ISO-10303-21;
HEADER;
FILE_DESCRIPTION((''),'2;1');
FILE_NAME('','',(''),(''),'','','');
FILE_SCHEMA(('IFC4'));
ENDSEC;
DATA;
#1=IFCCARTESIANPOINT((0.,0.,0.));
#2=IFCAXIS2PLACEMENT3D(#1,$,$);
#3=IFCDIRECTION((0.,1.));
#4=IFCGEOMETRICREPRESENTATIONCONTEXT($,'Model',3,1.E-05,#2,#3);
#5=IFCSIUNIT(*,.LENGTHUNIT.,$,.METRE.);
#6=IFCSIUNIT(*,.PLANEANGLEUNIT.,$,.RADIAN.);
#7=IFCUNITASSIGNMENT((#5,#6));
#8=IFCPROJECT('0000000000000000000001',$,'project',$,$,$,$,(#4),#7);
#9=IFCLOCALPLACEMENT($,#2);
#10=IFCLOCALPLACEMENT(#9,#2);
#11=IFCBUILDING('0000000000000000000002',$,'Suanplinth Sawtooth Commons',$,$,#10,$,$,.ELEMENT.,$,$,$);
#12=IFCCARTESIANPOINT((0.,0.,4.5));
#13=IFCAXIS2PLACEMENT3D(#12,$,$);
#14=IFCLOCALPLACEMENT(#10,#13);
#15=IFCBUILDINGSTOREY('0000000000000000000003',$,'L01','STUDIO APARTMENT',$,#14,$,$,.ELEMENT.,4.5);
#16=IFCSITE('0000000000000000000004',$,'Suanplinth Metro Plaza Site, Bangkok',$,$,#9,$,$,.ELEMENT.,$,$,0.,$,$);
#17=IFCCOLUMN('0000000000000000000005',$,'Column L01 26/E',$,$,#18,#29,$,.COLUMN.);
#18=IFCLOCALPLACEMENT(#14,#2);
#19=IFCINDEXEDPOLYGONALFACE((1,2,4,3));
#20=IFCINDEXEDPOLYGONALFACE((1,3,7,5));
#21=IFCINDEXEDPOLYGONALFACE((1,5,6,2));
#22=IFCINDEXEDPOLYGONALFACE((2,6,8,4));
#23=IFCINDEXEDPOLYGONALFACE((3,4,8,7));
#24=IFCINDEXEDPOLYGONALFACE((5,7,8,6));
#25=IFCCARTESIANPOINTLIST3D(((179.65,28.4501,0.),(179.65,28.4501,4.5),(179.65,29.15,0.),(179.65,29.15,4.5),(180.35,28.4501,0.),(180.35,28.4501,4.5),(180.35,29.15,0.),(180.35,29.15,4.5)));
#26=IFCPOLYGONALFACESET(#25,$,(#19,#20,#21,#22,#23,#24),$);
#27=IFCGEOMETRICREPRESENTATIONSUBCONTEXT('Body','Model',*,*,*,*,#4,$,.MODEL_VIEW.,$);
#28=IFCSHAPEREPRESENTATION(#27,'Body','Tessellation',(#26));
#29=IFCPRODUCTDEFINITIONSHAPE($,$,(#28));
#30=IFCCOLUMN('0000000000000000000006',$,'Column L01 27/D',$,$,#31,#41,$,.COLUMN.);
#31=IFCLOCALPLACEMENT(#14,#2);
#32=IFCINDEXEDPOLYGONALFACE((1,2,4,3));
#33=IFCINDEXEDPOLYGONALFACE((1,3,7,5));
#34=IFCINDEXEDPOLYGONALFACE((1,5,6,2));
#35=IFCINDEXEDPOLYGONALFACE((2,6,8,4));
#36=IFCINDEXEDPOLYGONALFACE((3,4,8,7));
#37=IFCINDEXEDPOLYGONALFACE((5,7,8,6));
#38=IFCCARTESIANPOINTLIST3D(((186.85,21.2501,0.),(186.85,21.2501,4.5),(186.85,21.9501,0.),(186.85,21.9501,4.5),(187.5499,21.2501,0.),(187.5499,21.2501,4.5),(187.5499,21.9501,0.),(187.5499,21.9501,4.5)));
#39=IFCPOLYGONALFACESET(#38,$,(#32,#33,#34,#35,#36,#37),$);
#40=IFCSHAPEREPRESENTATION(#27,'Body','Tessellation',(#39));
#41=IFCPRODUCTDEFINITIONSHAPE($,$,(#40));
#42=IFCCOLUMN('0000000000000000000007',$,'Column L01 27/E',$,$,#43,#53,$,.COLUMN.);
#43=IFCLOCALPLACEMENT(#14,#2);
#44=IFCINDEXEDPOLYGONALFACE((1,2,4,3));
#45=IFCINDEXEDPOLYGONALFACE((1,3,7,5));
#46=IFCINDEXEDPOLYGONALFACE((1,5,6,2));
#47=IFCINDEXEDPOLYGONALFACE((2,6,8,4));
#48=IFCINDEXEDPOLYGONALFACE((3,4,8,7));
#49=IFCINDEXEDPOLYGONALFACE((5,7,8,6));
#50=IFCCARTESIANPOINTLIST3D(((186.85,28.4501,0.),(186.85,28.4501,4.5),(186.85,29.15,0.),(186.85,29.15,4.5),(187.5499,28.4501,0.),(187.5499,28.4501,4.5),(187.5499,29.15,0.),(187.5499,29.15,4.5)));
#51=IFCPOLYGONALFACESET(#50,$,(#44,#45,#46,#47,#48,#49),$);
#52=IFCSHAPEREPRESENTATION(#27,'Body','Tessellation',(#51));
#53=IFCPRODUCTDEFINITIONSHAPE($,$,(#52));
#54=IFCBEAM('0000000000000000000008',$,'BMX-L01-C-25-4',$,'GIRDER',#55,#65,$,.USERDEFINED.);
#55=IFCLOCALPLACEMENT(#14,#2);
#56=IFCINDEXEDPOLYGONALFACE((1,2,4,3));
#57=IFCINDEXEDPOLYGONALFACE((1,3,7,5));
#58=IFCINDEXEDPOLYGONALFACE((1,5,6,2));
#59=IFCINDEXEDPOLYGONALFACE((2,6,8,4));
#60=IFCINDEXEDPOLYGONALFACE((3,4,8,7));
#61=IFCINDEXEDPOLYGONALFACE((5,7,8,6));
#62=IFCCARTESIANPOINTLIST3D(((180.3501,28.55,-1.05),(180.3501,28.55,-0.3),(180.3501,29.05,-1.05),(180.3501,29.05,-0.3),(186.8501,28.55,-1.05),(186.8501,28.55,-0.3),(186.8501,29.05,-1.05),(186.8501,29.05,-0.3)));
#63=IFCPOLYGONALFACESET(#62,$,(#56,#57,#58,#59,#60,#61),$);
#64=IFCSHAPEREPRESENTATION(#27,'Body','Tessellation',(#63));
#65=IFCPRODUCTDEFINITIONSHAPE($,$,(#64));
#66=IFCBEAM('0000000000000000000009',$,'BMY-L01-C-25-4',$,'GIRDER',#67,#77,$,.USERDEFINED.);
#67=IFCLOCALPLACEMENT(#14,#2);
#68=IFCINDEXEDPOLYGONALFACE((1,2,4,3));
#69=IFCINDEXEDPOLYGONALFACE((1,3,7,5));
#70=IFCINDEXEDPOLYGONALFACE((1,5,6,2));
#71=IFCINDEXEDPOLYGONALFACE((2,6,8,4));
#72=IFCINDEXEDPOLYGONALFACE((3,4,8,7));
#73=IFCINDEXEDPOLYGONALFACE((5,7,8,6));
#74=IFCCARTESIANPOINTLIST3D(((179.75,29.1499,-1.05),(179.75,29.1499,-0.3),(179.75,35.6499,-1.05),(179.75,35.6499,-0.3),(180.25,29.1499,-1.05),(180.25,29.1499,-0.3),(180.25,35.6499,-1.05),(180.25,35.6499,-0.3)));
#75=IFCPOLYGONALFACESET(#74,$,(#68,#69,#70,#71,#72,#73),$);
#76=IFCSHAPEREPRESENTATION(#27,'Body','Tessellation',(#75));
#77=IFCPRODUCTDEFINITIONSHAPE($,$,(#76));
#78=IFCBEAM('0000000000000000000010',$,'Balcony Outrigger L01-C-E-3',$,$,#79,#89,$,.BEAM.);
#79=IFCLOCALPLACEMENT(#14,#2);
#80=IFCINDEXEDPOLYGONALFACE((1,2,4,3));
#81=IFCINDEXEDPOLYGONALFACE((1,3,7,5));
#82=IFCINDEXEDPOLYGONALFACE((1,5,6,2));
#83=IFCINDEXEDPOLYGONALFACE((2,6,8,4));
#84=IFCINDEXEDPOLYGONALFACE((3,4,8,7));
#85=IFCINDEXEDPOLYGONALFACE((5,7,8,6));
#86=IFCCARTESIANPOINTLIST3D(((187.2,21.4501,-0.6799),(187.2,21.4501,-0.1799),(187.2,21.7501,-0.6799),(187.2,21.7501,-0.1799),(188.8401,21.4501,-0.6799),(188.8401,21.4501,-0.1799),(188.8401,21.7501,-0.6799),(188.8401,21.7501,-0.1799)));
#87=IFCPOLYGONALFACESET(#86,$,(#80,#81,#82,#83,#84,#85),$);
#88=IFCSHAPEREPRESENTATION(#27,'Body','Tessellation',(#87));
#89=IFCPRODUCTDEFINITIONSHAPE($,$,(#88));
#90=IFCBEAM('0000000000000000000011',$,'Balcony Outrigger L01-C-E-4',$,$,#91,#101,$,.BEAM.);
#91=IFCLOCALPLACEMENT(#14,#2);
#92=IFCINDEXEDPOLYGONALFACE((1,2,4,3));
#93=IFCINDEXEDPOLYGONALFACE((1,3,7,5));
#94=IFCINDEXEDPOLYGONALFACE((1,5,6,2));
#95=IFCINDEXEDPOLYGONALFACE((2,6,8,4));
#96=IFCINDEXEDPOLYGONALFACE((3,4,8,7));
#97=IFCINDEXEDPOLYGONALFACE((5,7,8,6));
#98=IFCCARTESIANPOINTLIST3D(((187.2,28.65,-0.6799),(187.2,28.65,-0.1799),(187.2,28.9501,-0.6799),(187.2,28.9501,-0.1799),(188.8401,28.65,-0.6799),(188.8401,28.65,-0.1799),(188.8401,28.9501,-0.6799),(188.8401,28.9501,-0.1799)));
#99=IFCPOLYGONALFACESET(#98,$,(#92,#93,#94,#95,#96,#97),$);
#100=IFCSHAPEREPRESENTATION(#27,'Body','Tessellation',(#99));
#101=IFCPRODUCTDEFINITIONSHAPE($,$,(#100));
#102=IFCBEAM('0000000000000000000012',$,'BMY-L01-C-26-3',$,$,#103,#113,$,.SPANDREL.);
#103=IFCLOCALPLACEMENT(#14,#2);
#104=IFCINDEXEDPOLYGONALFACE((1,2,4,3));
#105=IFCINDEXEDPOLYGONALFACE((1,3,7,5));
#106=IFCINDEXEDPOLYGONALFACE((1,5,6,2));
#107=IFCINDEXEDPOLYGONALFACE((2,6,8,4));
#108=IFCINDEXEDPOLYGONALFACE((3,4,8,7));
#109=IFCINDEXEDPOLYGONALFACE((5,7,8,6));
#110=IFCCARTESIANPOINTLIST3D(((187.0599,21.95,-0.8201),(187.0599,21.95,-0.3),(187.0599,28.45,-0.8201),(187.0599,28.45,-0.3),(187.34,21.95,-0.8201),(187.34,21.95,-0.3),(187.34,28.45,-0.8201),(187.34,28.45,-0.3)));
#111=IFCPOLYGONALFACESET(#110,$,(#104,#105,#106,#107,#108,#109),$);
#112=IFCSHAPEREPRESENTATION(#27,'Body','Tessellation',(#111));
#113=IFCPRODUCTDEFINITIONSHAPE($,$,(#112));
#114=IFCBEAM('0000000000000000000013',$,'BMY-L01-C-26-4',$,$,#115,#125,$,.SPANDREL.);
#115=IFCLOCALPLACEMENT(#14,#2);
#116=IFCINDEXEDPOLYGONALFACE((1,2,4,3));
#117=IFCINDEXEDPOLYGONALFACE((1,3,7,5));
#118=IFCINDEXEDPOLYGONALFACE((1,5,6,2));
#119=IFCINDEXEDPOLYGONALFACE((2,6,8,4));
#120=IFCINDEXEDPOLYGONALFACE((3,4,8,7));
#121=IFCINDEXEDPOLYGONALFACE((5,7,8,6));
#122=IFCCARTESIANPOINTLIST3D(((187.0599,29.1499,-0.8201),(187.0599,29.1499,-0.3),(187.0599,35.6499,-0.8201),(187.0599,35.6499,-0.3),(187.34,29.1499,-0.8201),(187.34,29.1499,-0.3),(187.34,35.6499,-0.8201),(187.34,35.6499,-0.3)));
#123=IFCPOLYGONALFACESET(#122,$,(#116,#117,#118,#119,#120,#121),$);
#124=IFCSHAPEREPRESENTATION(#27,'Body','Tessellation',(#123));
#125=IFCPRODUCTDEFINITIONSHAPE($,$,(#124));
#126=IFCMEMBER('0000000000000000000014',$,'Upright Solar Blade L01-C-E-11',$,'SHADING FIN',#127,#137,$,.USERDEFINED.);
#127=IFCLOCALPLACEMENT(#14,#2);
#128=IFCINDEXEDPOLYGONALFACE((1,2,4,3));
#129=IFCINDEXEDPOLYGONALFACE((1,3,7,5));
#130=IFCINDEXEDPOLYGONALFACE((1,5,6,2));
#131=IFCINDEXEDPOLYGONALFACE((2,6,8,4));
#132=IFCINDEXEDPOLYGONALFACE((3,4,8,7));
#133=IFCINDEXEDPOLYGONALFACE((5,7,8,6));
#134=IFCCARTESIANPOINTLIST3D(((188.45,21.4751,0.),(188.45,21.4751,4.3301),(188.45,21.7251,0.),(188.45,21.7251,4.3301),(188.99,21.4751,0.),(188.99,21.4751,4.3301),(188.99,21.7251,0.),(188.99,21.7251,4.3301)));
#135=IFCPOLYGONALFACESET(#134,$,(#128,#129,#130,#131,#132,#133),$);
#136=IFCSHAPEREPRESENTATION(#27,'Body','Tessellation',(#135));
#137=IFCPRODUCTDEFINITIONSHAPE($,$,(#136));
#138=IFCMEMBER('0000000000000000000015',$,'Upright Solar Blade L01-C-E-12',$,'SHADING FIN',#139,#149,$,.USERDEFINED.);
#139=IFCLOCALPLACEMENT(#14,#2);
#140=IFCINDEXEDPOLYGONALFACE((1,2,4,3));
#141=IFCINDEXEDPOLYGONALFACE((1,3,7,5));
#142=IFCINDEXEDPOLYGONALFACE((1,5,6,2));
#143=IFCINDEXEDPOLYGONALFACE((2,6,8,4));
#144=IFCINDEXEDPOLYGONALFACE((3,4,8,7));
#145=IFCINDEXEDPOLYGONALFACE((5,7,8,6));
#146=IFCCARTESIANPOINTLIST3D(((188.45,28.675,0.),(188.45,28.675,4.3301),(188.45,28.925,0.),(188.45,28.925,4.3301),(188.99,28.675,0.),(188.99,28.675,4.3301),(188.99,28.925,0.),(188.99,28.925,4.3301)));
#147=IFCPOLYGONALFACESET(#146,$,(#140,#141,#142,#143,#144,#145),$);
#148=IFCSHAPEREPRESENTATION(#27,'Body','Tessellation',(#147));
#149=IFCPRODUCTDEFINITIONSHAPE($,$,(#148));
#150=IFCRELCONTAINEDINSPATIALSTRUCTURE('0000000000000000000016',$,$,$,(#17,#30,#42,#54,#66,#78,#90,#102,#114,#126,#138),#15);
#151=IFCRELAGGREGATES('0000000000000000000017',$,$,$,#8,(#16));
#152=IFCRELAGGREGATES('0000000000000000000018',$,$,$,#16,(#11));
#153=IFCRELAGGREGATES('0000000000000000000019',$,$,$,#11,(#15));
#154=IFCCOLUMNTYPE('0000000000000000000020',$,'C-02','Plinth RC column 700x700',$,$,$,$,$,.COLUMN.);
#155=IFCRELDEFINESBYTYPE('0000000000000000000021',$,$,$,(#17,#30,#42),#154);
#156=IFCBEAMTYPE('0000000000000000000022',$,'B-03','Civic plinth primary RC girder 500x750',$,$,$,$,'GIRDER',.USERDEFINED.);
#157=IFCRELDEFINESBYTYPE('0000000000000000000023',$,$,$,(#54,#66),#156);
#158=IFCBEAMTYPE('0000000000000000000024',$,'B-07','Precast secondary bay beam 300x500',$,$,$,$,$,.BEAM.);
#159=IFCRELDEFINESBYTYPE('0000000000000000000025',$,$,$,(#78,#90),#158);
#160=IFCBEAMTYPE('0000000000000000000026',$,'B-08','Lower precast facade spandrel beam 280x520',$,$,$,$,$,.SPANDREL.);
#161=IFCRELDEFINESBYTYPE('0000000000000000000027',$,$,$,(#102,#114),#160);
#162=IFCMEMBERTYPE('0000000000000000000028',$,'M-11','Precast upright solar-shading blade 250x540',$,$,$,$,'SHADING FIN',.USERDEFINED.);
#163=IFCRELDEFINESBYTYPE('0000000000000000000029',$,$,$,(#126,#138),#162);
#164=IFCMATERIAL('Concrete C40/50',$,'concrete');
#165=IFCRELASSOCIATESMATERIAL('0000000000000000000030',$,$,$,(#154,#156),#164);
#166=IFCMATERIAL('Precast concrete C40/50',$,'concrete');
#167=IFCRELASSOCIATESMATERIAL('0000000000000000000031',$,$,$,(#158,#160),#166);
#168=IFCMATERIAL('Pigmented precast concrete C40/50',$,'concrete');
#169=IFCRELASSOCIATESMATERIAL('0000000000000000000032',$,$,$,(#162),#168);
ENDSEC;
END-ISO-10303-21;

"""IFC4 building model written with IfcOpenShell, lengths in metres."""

from ifc_helpers import new_model, si_unit, direction, frame, origin, origin_2d, place, context, subcontext, project, spatial, rectangle, extrude, material, material_profile, profile_set, type_object, element, save


model = new_model("IFC4")

# Units and contexts
model_context = context("Model", 3, precision=1e-05, world=origin(), true_north=direction((0.0, 1.0)))
body_context = subcontext(model_context, "Body", "Model", "MODEL_VIEW")
ifc_project = project(units=[si_unit("LENGTHUNIT", "METRE"), si_unit("PLANEANGLEUNIT", "RADIAN")], contexts=[model_context])

# Site, building, storey
site_placement = place(None, origin())
site = spatial("IfcSite", under=ifc_project, at=site_placement, Name="Suanplinth Metro Plaza Site, Bangkok", CompositionType="ELEMENT", RefElevation=0.0)
building_placement = place(site_placement, origin())
building = spatial("IfcBuilding", under=site, at=building_placement, Name="Suanplinth Sawtooth Commons", CompositionType="ELEMENT")
storey_placement = place(building_placement, frame((0.0, 0.0, 4.5)))
storey = spatial("IfcBuildingStorey", under=building, at=storey_placement, Name="L01", Description="STUDIO APARTMENT", CompositionType="ELEMENT", Elevation=4.5)

# Columns
ifc_material_1 = material(Name="Concrete C40/50", Category="concrete")
ifc_material_profile_1 = material_profile(ifc_material_1, rectangle(XDim=0.7, YDim=0.7, at=origin_2d()), Name="RC-COL 700x700")
ifc_profile_set_1 = profile_set([ifc_material_profile_1], Name="Concrete C40/50")
column_type = type_object("IfcColumnType", Name="C-02", Description="Plinth RC column 700x700", PredefinedType="COLUMN", material=ifc_profile_set_1)
for number, where, z_axis, x_axis, name in (
    (1, (180.0, 28.8, 0.0), (0.0, 0.0, 1.0), (1.0, 0.0, 0.0), "Column L01 26/E"),
    (2, (187.2, 21.6001, 0.0), (0.0, 0.0, 1.0), (1.0, 0.0, 0.0), "Column L01 27/D"),
    (3, (187.2, 28.8, 0.0), (0.0, 0.0, 1.0), (1.0, 0.0, 0.0), "Column L01 27/E"),
):
    element("IfcColumn", number, at=place(storey_placement, frame(where, z_axis=z_axis, x_axis=x_axis)), inside=storey, type_object=column_type, Name=name, PredefinedType="COLUMN", context=body_context, shape_type="SweptSolid", body=[
        extrude(rectangle(XDim=0.7, YDim=0.7, at=origin_2d()), origin(), (0.0, 0.0, 1.0), 4.5),
    ])

# Beams
ifc_material_profile_2 = material_profile(ifc_material_1, rectangle(XDim=0.5, YDim=0.75, at=origin_2d()), Name="RC-GDR 500x750")
ifc_profile_set_2 = profile_set([ifc_material_profile_2], Name="Concrete C40/50")
beam_type_1 = type_object("IfcBeamType", Name="B-03", Description="Civic plinth primary RC girder 500x750", ElementType="GIRDER", PredefinedType="USERDEFINED", material=ifc_profile_set_2)
for number, where, z_axis, x_axis, name in (
    (4, (180.3501, 28.8, -0.675), (1.0, 0.0, 0.0), (0.0, 1.0, 0.0), "BMX-L01-C-25-4"),
    (5, (180.0, 29.1499, -0.675), (0.0, 1.0, 0.0), (-1.0, 0.0, 0.0), "BMY-L01-C-25-4"),
):
    element("IfcBeam", number, at=place(storey_placement, frame(where, z_axis=z_axis, x_axis=x_axis)), inside=storey, type_object=beam_type_1, Name=name, ObjectType="GIRDER", PredefinedType="USERDEFINED", context=body_context, shape_type="SweptSolid", body=[
        extrude(rectangle(XDim=0.5, YDim=0.75, at=origin_2d()), origin(), (0.0, 0.0, 1.0), 6.5),
    ])
ifc_material_2 = material(Name="Precast concrete C40/50", Category="concrete")
ifc_material_profile_3 = material_profile(ifc_material_2, rectangle(XDim=0.3, YDim=0.5, at=origin_2d()), Name="PC-BM 300x500")
ifc_profile_set_3 = profile_set([ifc_material_profile_3], Name="Precast concrete C40/50")
beam_type_2 = type_object("IfcBeamType", Name="B-07", Description="Precast secondary bay beam 300x500", PredefinedType="BEAM", material=ifc_profile_set_3)
for number, where, z_axis, x_axis, name in (
    (6, (187.2, 21.6001, -0.4299), (1.0, 0.0, 0.0), (0.0, 1.0, 0.0), "Balcony Outrigger L01-C-E-3"),
    (7, (187.2, 28.8, -0.4299), (1.0, 0.0, 0.0), (0.0, 1.0, 0.0), "Balcony Outrigger L01-C-E-4"),
):
    element("IfcBeam", number, at=place(storey_placement, frame(where, z_axis=z_axis, x_axis=x_axis)), inside=storey, type_object=beam_type_2, Name=name, PredefinedType="BEAM", context=body_context, shape_type="SweptSolid", body=[
        extrude(rectangle(XDim=0.3, YDim=0.5, at=origin_2d()), origin(), (0.0, 0.0, 1.0), 1.6401),
    ])
ifc_material_profile_4 = material_profile(ifc_material_2, rectangle(XDim=0.28, YDim=0.52, at=origin_2d()), Name="PC-SP 280x520")
ifc_profile_set_4 = profile_set([ifc_material_profile_4], Name="Precast concrete C40/50")
beam_type_3 = type_object("IfcBeamType", Name="B-08", Description="Lower precast facade spandrel beam 280x520", PredefinedType="SPANDREL", material=ifc_profile_set_4)
for number, where, z_axis, x_axis, name in (
    (8, (187.2, 21.95, -0.5601), (0.0, 1.0, 0.0), (-1.0, 0.0, 0.0), "BMY-L01-C-26-3"),
    (9, (187.2, 29.1499, -0.5601), (0.0, 1.0, 0.0), (-1.0, 0.0, 0.0), "BMY-L01-C-26-4"),
):
    element("IfcBeam", number, at=place(storey_placement, frame(where, z_axis=z_axis, x_axis=x_axis)), inside=storey, type_object=beam_type_3, Name=name, PredefinedType="SPANDREL", context=body_context, shape_type="SweptSolid", body=[
        extrude(rectangle(XDim=0.28, YDim=0.52, at=origin_2d()), origin(), (0.0, 0.0, 1.0), 6.5),
    ])

# Members
ifc_material_3 = material(Name="Pigmented precast concrete C40/50", Category="concrete")
ifc_material_profile_5 = material_profile(ifc_material_3, rectangle(XDim=0.25, YDim=0.54, at=origin_2d()), Name="PC-FIN 250x540")
ifc_profile_set_5 = profile_set([ifc_material_profile_5], Name="Pigmented precast concrete C40/50")
member_type = type_object("IfcMemberType", Name="M-11", Description="Precast upright solar-shading blade 250x540", ElementType="SHADING FIN", PredefinedType="USERDEFINED", material=ifc_profile_set_5)
for number, where, z_axis, x_axis, name in (
    (10, (188.72, 21.6001, 0.0), (0.0, 0.0, 1.0), (0.0, 1.0, 0.0), "Upright Solar Blade L01-C-E-11"),
    (11, (188.72, 28.8, 0.0), (0.0, 0.0, 1.0), (0.0, 1.0, 0.0), "Upright Solar Blade L01-C-E-12"),
):
    element("IfcMember", number, at=place(storey_placement, frame(where, z_axis=z_axis, x_axis=x_axis)), inside=storey, type_object=member_type, Name=name, ObjectType="SHADING FIN", PredefinedType="USERDEFINED", context=body_context, shape_type="SweptSolid", body=[
        extrude(rectangle(XDim=0.25, YDim=0.54, at=origin_2d()), origin(), (0.0, 0.0, 1.0), 4.3301),
    ])

save(model, "model.ifc")
